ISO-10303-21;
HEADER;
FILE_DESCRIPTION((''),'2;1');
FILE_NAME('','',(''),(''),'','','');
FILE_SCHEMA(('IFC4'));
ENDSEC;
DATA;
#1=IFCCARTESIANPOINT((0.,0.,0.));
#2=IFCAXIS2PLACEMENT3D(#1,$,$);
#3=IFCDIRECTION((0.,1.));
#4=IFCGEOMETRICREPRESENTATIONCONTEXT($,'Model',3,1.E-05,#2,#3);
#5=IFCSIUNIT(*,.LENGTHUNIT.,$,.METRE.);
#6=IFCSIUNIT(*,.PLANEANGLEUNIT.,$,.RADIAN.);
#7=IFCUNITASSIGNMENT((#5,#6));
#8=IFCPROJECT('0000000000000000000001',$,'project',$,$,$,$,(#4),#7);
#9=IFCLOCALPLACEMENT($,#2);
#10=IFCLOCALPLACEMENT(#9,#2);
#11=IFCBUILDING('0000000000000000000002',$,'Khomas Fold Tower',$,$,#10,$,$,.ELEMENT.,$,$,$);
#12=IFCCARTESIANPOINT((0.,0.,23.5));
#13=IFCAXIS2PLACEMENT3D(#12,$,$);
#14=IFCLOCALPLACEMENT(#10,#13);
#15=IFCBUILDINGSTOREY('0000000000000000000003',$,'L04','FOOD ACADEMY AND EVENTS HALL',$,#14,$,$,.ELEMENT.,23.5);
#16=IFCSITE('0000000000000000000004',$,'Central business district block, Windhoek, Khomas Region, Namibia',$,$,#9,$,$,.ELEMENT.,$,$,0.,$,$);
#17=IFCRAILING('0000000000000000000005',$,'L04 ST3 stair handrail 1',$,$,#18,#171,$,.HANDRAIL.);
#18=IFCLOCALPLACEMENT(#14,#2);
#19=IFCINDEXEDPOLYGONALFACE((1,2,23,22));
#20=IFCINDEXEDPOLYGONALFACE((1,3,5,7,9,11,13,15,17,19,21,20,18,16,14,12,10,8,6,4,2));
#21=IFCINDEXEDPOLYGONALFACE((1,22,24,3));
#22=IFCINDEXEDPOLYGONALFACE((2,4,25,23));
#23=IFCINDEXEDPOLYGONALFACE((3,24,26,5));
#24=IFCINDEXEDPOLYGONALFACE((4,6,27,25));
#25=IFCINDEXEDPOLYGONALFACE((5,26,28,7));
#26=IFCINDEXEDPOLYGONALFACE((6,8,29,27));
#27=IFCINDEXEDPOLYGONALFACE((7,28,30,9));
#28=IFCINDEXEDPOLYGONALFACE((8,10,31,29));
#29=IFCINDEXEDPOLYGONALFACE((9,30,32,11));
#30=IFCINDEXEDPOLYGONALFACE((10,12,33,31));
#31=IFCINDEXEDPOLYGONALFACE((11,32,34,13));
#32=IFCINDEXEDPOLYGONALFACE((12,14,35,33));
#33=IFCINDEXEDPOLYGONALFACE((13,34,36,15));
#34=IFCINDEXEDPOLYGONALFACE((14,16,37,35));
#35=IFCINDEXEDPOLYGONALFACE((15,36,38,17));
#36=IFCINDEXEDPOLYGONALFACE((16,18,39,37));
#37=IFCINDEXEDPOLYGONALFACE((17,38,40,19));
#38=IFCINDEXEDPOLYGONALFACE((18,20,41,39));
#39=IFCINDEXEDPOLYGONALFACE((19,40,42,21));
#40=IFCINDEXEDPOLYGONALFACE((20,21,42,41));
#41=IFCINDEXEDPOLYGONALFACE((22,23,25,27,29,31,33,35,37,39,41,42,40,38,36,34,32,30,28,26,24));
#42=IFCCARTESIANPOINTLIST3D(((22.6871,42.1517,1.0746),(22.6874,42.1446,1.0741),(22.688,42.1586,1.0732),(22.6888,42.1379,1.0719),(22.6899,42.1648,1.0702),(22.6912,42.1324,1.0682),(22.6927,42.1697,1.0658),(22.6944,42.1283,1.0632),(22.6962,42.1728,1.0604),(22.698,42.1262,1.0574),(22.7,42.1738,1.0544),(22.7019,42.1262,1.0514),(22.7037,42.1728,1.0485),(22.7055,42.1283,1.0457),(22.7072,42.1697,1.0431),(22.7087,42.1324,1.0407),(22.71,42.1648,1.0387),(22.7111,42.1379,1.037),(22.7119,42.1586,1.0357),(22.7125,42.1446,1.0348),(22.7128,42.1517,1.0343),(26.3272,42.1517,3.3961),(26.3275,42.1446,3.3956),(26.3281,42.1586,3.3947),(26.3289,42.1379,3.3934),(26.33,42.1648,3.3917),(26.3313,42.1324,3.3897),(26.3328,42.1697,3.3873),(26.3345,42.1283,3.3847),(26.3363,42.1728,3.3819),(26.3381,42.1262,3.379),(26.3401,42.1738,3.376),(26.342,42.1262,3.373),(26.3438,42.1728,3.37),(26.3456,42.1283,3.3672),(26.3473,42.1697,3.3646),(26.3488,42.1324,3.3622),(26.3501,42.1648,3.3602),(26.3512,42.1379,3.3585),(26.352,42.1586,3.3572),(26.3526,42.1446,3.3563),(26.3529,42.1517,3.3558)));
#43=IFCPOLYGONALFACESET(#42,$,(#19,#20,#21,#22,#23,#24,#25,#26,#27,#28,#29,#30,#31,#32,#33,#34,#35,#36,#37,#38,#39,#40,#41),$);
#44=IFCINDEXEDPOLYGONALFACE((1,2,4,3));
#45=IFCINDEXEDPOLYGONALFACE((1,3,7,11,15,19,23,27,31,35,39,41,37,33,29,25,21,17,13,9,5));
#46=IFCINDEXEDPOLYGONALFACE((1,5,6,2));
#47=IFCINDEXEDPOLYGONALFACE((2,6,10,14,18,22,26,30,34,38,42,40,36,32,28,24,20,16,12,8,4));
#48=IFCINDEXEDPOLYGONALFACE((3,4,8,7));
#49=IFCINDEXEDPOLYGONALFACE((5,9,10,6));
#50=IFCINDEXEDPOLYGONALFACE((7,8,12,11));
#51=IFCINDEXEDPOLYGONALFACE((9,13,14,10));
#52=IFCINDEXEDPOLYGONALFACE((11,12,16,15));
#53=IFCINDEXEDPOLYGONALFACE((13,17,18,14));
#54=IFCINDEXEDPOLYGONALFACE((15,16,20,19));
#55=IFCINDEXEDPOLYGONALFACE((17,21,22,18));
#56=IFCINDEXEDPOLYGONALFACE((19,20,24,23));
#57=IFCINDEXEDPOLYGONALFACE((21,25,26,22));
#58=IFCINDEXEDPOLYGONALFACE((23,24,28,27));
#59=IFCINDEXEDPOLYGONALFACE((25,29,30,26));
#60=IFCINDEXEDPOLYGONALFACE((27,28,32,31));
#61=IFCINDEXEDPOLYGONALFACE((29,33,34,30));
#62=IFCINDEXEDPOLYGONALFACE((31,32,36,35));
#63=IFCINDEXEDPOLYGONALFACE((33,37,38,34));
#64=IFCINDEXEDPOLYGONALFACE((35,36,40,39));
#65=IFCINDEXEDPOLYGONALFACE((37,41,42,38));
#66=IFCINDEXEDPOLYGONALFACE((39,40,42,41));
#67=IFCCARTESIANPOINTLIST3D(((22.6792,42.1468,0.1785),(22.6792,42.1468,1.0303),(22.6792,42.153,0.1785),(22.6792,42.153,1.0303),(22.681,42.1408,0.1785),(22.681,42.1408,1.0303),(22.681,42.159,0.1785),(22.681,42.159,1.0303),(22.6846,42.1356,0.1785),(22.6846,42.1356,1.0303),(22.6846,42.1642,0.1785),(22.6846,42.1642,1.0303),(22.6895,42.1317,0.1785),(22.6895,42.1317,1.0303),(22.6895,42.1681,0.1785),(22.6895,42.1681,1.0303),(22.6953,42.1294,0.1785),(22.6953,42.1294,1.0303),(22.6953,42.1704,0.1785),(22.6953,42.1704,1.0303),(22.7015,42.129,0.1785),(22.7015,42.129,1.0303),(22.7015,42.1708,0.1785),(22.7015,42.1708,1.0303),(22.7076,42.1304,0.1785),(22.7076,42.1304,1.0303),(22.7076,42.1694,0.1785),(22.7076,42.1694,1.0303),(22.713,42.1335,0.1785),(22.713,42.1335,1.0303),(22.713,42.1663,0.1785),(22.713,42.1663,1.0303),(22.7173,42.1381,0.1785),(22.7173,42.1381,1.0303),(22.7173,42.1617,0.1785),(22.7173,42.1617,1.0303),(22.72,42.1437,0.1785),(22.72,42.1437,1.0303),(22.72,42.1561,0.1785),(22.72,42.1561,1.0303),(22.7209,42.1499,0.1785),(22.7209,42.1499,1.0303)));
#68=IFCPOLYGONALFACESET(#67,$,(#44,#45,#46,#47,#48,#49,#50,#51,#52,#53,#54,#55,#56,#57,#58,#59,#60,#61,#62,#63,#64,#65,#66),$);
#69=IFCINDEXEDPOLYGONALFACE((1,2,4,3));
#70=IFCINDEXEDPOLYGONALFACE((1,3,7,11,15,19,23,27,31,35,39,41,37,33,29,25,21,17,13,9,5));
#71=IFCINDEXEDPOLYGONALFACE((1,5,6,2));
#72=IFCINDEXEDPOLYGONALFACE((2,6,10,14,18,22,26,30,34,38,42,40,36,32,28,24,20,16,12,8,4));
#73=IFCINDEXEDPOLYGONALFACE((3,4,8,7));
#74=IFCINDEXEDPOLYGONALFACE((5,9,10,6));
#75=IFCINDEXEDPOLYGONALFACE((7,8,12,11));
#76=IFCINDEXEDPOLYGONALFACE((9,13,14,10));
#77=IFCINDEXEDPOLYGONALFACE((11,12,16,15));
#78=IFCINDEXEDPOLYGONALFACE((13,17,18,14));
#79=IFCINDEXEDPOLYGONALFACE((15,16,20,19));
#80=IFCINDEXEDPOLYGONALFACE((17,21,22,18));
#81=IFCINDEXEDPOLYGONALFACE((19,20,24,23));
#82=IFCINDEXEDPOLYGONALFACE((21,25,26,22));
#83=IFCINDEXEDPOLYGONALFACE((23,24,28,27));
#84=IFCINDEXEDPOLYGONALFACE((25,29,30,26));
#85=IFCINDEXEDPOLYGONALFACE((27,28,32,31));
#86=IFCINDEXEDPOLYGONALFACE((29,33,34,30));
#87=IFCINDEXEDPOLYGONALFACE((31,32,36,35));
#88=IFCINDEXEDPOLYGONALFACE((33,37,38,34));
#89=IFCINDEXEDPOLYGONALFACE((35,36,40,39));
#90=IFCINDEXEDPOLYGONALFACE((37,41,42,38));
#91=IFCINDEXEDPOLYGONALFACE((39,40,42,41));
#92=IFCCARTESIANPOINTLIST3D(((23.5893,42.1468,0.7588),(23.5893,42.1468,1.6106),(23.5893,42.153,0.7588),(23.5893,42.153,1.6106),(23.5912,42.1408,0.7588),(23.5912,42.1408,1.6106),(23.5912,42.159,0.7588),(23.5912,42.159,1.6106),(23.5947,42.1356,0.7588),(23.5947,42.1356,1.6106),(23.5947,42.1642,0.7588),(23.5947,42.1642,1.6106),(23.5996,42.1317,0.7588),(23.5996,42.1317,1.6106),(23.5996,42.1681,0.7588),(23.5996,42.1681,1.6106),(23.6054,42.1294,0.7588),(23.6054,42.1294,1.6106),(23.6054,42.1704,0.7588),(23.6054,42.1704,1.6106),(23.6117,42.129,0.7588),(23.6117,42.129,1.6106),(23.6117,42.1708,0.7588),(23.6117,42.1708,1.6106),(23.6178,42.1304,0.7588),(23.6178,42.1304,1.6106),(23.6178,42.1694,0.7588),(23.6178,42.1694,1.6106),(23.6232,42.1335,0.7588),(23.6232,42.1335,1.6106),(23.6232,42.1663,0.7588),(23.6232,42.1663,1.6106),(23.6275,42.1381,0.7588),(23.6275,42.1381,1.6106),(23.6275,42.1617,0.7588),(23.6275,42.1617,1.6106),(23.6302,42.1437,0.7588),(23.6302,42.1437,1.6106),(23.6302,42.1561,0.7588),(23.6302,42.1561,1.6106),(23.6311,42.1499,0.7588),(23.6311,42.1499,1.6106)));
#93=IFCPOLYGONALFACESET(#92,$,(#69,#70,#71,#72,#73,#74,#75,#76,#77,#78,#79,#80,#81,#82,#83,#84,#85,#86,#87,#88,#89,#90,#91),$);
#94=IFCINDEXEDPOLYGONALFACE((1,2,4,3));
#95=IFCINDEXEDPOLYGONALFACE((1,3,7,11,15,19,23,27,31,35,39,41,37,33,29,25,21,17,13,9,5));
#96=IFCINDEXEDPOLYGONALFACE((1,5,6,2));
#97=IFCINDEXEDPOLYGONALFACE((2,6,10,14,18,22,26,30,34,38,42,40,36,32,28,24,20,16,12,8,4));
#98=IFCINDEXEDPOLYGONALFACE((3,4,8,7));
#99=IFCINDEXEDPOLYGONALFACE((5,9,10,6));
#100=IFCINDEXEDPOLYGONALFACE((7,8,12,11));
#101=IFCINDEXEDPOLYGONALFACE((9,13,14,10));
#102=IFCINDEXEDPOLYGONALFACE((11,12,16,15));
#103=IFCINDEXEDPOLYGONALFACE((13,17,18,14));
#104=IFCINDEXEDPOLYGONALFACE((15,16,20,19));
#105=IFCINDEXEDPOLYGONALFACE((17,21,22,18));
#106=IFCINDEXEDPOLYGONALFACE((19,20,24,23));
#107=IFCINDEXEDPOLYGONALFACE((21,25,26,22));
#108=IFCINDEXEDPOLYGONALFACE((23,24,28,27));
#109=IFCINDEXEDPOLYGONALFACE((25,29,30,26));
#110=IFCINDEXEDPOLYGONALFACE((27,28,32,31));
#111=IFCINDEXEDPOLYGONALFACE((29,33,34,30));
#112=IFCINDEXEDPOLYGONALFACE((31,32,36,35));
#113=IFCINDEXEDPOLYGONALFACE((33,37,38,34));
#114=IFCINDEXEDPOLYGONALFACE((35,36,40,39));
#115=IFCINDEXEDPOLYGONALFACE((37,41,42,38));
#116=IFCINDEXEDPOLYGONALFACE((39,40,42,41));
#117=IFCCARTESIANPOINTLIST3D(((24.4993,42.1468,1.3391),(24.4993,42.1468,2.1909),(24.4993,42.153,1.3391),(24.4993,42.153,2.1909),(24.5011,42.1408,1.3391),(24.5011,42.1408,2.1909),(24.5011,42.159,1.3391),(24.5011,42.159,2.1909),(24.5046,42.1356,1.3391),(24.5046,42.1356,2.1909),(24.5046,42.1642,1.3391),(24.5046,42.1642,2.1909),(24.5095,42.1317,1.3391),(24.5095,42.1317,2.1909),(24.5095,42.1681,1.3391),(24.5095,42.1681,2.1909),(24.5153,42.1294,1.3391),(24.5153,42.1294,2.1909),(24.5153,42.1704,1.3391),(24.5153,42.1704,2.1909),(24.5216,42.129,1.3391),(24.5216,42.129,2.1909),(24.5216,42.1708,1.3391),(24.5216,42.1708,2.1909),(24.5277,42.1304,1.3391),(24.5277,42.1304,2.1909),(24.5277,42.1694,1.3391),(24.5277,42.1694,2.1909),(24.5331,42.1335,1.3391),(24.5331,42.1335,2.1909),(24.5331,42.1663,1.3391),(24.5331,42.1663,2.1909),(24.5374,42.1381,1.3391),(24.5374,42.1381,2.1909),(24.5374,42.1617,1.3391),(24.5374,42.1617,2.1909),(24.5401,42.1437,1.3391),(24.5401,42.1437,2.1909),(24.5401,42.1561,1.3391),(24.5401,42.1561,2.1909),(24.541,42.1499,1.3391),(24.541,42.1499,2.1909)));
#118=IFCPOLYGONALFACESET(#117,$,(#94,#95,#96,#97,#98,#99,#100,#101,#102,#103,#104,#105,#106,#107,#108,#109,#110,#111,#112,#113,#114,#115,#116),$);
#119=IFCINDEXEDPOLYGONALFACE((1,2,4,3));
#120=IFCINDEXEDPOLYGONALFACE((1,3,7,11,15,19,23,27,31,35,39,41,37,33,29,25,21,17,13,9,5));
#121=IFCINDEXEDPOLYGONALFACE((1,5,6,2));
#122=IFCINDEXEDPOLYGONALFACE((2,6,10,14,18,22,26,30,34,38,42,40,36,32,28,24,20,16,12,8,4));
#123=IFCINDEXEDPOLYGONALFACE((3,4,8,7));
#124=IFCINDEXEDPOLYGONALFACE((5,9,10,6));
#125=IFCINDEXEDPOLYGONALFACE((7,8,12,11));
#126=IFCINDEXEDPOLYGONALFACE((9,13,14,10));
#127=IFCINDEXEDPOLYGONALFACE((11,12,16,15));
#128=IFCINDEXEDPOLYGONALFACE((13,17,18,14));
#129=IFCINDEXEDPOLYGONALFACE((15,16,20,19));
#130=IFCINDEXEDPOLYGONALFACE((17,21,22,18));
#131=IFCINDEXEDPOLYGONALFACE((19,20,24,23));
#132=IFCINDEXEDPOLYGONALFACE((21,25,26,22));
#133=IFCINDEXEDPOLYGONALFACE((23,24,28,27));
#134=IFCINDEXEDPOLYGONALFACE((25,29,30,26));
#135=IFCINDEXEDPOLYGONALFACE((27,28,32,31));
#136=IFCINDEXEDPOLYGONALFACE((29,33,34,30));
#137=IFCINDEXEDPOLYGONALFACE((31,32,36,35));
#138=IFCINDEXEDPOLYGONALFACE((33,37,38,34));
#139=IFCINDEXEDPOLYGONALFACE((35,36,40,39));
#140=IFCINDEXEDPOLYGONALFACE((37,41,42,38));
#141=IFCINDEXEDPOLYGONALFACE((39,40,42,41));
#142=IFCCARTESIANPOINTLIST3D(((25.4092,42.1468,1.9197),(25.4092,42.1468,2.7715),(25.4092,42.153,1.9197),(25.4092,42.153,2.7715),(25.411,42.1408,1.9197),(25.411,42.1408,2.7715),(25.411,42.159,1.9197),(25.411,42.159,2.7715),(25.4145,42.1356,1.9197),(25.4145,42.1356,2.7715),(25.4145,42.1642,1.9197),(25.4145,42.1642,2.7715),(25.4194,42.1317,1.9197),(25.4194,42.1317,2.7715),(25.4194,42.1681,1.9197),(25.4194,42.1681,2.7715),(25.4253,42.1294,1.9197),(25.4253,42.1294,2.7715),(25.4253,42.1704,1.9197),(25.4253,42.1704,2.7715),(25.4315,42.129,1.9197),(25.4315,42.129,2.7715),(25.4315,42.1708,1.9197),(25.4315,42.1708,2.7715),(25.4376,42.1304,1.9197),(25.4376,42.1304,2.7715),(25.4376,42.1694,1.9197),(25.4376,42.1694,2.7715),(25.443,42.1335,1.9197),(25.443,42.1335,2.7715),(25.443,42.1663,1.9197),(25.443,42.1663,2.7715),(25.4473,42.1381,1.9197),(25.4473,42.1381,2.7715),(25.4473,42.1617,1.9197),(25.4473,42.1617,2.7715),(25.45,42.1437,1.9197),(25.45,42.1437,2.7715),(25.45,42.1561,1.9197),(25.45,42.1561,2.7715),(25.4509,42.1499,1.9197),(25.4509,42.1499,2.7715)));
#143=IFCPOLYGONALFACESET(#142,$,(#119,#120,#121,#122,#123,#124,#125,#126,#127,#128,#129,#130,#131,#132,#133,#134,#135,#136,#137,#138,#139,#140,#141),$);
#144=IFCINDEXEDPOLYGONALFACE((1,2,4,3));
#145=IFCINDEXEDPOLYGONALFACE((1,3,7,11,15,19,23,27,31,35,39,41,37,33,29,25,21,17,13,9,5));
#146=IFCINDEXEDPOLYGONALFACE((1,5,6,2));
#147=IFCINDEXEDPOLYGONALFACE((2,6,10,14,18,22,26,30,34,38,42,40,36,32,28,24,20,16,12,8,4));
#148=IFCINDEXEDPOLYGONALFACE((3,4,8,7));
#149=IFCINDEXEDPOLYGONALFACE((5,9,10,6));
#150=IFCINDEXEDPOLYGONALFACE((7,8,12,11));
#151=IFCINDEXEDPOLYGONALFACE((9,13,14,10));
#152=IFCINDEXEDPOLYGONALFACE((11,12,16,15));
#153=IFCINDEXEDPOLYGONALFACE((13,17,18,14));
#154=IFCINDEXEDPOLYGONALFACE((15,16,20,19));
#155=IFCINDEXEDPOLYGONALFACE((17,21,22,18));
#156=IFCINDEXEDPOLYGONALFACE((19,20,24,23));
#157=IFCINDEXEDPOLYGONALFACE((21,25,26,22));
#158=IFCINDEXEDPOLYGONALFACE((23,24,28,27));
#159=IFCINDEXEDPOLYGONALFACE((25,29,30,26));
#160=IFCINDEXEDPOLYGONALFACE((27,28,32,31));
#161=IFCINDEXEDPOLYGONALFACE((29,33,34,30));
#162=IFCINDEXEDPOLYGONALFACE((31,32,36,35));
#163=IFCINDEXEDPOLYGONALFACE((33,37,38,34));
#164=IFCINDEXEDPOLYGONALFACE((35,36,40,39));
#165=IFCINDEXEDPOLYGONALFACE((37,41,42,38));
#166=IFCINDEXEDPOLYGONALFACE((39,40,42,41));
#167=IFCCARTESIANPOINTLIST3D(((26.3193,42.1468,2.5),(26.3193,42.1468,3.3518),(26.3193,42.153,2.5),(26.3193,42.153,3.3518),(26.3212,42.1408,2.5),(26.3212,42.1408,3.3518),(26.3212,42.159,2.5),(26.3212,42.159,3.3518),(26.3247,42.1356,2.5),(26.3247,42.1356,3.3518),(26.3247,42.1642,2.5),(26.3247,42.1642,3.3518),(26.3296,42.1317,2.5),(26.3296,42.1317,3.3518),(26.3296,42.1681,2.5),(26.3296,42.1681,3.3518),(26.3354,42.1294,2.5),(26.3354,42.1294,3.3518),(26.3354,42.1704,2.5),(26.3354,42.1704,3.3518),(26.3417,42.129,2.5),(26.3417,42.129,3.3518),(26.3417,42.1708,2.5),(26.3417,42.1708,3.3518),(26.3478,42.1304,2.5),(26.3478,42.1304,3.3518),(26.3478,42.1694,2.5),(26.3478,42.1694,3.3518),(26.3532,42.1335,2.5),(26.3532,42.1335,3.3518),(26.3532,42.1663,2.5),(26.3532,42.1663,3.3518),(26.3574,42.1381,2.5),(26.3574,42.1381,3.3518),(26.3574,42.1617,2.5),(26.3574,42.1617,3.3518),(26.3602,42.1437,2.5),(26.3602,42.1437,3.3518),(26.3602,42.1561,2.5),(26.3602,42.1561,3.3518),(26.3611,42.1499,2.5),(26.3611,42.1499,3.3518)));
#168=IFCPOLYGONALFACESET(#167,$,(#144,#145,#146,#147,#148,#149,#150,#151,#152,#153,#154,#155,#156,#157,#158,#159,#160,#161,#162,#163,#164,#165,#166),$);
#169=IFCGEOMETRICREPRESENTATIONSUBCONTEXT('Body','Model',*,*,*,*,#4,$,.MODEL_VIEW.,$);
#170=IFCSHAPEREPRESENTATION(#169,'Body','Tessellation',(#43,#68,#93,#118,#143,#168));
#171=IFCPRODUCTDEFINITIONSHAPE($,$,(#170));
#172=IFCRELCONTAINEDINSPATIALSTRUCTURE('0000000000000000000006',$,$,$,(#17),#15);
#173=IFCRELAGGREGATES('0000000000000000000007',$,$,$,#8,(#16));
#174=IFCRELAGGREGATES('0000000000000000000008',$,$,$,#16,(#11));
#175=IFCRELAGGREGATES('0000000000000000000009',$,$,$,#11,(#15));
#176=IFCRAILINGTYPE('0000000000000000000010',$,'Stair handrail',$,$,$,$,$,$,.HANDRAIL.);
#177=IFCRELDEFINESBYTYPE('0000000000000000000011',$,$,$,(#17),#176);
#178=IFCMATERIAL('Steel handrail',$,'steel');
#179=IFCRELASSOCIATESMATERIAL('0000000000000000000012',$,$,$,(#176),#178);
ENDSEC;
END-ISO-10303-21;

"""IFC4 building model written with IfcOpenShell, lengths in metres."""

from ifc_helpers import new_model, si_unit, direction, frame, origin, origin_2d, place, context, subcontext, project, spatial, circle, extrude, source, transform, mapped, material, type_object, element, save


model = new_model("IFC4")

# Units and contexts
model_context = context("Model", 3, precision=1e-05, world=origin(), true_north=direction((0.0, 1.0)))
body_context = subcontext(model_context, "Body", "Model", "MODEL_VIEW")
ifc_project = project(units=[si_unit("LENGTHUNIT", "METRE"), si_unit("PLANEANGLEUNIT", "RADIAN")], contexts=[model_context])

# Site, building, storey
site_placement = place(None, origin())
site = spatial("IfcSite", under=ifc_project, at=site_placement, Name="Central business district block, Windhoek, Khomas Region, Namibia", CompositionType="ELEMENT", RefElevation=0.0)
building_placement = place(site_placement, origin())
building = spatial("IfcBuilding", under=site, at=building_placement, Name="Khomas Fold Tower", CompositionType="ELEMENT")
storey_placement = place(building_placement, frame((0.0, 0.0, 23.5)))
storey = spatial("IfcBuildingStorey", under=building, at=storey_placement, Name="L04", Description="FOOD ACADEMY AND EVENTS HALL", CompositionType="ELEMENT", Elevation=23.5)

# Railing
ifc_material_1 = material(Name="Steel handrail", Category="steel")
railing_type_1 = type_object("IfcRailingType", Name="Stair handrail", PredefinedType="HANDRAIL", material=ifc_material_1)
shared_shape_1 = source(origin(), body_context, "Body", "SweptSolid", [
    extrude(circle(Radius=0.0239, at=origin_2d()), frame((0.0, 0.0, 0.876), z_axis=(0.843128, 0.0, 0.537713), x_axis=(0.0, 1.0, 0.0)), (0.0, 0.0, 1.0), 4.3174),
    extrude(circle(Radius=0.021, at=origin_2d()), origin(), (0.0, 0.0, 1.0), 0.8518),
    extrude(circle(Radius=0.021, at=origin_2d()), frame((0.9102, 0.0, 0.5803)), (0.0, 0.0, 1.0), 0.8518),
    extrude(circle(Radius=0.021, at=origin_2d()), frame((1.8201, 0.0, 1.1606)), (0.0, 0.0, 1.0), 0.8518),
    extrude(circle(Radius=0.021, at=origin_2d()), frame((2.73, 0.0, 1.7412)), (0.0, 0.0, 1.0), 0.8518),
    extrude(circle(Radius=0.021, at=origin_2d()), frame((3.6401, 0.0, 2.3215)), (0.0, 0.0, 1.0), 0.8518),
])
railing_1_placement = place(storey_placement, frame((22.7, 42.1499, 0.1785)))
element("IfcRailing", 1, at=railing_1_placement, inside=storey, type_object=railing_type_1, Name="L04 ST3 stair handrail 1", PredefinedType="HANDRAIL", context=body_context, shape_type="MappedRepresentation", body=[
    mapped(shared_shape_1, transform((0.0, 0.0, 0.0))),
])

save(model, "model.ifc")
